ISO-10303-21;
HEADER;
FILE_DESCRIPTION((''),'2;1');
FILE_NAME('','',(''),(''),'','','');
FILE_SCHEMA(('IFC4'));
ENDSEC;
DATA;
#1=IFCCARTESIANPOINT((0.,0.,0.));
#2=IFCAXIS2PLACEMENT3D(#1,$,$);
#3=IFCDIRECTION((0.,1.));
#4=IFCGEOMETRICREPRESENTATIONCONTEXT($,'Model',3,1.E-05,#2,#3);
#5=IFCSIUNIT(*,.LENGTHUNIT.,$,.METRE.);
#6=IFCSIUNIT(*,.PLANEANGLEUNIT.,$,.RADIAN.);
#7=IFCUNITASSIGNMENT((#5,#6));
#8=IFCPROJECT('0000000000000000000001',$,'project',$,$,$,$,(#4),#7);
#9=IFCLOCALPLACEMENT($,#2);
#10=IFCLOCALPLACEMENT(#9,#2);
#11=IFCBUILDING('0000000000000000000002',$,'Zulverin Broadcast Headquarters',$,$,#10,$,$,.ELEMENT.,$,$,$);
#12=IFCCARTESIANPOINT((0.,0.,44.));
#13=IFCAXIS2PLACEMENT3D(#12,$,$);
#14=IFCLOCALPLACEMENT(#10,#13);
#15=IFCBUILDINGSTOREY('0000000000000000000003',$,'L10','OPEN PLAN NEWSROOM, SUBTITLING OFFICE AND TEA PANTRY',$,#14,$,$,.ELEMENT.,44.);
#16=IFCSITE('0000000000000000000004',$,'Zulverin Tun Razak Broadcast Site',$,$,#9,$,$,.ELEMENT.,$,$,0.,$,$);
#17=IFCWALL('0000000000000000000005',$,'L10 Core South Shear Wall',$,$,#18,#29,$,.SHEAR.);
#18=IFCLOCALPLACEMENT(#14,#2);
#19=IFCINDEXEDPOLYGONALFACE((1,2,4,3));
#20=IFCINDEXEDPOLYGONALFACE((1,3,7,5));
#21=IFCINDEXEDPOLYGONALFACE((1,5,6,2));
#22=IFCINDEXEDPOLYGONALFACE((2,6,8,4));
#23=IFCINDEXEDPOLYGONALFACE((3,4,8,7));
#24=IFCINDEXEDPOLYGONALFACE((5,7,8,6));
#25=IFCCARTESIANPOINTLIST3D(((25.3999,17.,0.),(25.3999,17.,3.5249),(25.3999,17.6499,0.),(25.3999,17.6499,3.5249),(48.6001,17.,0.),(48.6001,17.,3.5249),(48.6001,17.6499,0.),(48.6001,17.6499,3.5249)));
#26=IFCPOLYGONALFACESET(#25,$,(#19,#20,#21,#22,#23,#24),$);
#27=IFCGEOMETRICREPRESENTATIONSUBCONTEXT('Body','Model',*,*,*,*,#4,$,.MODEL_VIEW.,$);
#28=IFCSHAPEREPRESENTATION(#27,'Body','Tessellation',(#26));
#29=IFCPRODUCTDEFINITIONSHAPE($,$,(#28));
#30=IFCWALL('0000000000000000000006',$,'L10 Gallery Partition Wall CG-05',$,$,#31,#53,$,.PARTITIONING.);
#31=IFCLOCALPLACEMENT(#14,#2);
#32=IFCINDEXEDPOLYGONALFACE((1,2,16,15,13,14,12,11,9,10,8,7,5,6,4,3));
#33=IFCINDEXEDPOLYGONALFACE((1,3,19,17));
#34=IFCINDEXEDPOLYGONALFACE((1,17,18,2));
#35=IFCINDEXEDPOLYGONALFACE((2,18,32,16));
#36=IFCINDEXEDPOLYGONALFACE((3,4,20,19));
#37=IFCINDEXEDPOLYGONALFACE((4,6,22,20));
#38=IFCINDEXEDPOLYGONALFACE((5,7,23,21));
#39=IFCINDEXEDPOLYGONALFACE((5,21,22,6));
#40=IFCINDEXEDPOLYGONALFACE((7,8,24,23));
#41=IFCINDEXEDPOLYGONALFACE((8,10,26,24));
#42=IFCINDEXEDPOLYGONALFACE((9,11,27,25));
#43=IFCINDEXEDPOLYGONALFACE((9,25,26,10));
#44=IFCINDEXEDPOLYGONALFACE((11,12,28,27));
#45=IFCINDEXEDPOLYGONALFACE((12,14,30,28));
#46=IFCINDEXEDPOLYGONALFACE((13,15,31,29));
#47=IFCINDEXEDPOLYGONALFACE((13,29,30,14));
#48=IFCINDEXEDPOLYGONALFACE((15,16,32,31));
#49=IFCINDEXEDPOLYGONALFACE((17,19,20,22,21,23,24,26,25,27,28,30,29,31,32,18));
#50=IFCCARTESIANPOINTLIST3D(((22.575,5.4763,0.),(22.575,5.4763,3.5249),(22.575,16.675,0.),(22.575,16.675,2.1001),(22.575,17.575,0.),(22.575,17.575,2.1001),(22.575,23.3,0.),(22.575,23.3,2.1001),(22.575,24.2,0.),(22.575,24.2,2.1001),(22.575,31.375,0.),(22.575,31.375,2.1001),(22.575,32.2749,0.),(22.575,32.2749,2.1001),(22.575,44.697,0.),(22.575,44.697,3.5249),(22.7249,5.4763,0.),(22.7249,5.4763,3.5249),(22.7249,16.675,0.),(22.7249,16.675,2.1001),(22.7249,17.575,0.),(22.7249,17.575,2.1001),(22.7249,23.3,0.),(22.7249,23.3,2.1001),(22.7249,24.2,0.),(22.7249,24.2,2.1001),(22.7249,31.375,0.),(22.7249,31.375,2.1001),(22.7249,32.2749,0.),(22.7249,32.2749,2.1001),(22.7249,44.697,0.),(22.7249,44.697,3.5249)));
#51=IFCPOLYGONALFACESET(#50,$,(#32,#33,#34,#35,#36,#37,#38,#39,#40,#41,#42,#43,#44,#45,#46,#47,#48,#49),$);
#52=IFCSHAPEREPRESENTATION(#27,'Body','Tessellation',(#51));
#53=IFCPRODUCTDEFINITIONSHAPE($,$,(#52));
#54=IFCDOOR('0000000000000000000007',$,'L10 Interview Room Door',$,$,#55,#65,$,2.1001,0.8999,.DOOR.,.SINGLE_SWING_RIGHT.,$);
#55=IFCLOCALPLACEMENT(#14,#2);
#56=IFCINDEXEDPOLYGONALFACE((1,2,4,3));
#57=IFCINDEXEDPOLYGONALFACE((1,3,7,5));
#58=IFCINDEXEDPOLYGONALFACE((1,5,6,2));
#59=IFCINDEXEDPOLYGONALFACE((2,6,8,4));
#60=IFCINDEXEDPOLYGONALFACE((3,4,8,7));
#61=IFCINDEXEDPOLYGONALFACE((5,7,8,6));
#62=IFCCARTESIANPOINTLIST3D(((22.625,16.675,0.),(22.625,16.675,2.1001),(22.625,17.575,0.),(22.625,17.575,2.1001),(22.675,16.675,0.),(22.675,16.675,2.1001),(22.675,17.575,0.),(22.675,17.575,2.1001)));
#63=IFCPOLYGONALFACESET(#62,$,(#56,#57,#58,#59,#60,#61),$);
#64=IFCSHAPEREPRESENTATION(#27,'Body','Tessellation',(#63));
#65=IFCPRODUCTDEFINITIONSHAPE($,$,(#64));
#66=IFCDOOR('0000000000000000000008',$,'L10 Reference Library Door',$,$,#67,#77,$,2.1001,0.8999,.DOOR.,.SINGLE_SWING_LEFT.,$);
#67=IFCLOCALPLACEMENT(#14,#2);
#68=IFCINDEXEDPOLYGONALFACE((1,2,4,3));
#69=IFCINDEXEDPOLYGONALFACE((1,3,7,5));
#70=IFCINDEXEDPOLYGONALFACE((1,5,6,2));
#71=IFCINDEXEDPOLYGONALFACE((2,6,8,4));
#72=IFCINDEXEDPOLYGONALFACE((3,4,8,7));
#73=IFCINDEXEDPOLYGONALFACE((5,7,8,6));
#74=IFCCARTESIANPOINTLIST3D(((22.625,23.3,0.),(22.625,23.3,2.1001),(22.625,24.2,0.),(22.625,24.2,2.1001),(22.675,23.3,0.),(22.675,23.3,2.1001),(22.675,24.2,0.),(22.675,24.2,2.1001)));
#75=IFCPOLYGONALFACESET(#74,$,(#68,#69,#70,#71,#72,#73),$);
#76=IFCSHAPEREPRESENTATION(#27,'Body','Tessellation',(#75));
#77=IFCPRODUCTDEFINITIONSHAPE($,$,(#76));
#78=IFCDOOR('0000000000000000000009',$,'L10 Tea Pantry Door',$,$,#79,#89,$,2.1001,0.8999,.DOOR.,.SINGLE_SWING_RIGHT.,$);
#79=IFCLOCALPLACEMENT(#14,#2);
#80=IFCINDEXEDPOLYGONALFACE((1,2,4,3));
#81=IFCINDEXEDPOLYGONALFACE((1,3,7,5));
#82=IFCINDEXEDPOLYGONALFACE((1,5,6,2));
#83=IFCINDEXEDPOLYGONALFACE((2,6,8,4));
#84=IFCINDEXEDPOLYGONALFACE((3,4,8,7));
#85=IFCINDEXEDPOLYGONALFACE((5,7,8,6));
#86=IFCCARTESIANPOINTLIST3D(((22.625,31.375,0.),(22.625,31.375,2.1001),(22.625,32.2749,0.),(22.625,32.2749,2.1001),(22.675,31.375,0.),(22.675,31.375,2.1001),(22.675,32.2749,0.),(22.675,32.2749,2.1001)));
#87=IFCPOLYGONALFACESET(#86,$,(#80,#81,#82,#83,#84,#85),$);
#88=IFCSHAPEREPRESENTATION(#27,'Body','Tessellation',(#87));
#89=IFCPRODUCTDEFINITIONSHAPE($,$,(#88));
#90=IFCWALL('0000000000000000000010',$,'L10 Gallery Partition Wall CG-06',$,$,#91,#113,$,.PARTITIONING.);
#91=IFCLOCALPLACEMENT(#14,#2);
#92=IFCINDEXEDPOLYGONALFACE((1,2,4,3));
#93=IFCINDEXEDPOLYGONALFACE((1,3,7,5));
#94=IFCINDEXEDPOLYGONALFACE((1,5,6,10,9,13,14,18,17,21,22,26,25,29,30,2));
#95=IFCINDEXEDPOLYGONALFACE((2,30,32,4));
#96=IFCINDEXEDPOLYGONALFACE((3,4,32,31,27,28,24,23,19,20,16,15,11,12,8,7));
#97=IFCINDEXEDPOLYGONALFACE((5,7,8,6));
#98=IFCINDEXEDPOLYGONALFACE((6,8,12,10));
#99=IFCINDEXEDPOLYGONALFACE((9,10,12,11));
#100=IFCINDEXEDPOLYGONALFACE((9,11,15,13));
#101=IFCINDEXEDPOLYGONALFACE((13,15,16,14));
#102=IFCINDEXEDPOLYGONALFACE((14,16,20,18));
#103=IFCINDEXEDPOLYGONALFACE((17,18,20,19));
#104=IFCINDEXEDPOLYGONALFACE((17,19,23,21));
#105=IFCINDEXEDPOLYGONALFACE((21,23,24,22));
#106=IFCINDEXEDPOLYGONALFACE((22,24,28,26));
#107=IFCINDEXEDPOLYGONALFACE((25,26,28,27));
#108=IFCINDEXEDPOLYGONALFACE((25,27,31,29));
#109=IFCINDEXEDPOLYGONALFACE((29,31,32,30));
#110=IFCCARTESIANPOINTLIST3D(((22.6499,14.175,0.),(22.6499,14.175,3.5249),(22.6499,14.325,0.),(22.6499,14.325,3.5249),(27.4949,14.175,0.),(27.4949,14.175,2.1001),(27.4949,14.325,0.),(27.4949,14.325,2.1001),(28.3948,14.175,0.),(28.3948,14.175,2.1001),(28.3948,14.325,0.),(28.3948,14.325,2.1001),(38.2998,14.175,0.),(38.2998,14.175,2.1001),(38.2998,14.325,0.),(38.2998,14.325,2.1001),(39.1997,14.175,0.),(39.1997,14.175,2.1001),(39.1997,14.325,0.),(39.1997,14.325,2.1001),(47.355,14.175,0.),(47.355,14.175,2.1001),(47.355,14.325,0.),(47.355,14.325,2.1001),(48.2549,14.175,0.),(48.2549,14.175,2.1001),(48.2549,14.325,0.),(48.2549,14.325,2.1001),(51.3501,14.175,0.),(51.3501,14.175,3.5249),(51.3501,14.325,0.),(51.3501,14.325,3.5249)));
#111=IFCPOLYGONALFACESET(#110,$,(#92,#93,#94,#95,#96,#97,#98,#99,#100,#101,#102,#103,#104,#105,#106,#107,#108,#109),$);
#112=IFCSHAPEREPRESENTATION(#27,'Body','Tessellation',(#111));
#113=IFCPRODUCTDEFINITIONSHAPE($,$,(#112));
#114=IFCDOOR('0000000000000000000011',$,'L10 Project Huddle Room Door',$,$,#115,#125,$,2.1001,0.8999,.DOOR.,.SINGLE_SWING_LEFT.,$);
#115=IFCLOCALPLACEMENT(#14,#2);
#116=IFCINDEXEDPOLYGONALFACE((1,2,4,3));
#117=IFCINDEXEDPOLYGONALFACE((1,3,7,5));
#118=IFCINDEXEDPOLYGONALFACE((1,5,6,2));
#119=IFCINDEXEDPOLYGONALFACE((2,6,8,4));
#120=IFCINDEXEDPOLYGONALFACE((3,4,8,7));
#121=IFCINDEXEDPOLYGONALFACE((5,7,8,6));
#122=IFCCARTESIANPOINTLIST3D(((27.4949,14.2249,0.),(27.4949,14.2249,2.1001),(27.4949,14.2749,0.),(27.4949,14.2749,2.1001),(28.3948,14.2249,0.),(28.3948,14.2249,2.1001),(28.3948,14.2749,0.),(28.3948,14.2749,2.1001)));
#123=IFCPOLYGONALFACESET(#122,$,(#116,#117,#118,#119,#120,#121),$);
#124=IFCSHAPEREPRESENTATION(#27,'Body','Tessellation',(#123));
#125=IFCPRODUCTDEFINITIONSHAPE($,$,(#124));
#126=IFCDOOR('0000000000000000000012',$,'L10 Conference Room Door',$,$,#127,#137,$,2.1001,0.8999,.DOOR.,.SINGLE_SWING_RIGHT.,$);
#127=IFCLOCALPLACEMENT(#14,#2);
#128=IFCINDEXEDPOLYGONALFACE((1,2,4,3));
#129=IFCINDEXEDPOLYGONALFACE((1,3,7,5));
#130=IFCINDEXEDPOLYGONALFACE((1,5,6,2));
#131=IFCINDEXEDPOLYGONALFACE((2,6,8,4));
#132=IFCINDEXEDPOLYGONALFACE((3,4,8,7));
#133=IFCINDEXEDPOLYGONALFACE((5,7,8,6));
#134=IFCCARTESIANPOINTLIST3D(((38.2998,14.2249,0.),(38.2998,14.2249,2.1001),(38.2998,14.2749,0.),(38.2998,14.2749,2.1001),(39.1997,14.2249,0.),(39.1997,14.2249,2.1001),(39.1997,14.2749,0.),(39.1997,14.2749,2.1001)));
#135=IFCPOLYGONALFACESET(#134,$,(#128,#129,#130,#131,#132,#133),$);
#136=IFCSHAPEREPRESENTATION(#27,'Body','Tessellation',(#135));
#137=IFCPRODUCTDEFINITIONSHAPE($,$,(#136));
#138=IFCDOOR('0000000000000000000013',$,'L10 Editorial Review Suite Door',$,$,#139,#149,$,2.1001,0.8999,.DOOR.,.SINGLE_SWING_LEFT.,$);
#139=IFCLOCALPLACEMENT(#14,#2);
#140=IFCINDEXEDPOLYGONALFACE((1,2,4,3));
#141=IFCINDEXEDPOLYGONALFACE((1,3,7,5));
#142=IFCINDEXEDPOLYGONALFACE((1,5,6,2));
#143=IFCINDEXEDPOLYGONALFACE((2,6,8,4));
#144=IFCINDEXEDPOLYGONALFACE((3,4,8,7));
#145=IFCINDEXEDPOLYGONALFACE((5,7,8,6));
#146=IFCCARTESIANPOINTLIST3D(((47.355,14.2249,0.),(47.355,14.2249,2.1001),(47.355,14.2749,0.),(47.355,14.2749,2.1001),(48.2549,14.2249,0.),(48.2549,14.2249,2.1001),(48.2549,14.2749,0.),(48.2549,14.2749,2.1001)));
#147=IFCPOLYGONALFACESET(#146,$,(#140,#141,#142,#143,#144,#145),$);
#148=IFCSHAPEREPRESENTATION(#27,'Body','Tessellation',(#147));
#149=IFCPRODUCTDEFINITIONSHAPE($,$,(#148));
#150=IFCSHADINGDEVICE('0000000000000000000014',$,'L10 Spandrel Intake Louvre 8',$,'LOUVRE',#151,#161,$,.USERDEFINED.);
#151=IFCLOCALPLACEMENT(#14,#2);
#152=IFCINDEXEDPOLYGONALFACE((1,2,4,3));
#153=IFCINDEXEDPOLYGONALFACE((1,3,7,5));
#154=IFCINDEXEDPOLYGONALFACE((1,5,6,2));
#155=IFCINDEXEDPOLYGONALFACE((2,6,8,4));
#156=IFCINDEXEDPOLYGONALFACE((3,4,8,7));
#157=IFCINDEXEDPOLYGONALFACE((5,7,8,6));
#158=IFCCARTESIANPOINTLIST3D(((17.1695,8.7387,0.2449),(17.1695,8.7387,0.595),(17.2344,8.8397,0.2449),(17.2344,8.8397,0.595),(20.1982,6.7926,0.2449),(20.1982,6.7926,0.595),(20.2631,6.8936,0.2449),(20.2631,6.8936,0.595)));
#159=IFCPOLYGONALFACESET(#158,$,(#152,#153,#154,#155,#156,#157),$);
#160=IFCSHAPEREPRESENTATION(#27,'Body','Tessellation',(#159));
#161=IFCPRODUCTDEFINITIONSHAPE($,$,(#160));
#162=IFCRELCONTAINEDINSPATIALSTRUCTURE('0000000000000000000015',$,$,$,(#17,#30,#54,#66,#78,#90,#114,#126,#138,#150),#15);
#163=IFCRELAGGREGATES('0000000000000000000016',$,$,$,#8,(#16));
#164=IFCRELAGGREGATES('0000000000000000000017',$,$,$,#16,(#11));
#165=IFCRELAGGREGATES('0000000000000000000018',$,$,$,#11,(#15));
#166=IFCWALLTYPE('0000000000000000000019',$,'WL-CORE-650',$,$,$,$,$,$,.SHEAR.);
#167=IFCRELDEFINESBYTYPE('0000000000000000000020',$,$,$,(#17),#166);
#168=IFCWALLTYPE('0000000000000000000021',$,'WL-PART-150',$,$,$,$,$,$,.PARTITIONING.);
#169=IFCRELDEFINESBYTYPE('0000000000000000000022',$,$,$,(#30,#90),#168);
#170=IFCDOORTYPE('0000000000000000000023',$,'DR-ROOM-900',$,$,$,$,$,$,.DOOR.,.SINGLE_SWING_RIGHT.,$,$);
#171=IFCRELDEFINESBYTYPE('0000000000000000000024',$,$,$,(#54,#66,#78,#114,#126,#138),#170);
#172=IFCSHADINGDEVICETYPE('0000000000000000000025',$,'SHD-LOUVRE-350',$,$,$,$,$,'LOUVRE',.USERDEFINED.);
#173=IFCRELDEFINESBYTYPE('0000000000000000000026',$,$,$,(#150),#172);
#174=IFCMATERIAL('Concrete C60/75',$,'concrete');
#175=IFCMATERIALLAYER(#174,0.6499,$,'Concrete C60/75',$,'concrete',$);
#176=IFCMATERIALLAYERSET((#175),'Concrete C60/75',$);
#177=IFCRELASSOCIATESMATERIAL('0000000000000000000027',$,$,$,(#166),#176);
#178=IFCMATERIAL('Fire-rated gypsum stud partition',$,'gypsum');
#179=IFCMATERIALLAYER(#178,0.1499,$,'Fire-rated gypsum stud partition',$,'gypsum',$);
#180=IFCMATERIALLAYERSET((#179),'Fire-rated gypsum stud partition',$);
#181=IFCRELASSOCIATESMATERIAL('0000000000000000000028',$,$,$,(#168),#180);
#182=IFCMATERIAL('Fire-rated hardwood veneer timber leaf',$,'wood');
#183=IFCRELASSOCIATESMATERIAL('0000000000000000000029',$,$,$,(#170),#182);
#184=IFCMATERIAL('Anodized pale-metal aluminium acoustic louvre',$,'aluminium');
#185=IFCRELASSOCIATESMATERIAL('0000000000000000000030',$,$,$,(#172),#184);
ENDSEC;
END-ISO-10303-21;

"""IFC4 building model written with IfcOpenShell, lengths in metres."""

from ifc_helpers import new_model, si_unit, direction, frame, frame_2d, origin, origin_2d, place, context, subcontext, project, spatial, rectangle, extrude, material, layer, layer_set, type_object, element, fill, save


model = new_model("IFC4")

# Units and contexts
model_context = context("Model", 3, precision=1e-05, world=origin(), true_north=direction((0.0, 1.0)))
body_context = subcontext(model_context, "Body", "Model", "MODEL_VIEW")
ifc_project = project(units=[si_unit("LENGTHUNIT", "METRE"), si_unit("PLANEANGLEUNIT", "RADIAN")], contexts=[model_context])

# Site, building, storey
site_placement = place(None, origin())
site = spatial("IfcSite", under=ifc_project, at=site_placement, Name="Zulverin Tun Razak Broadcast Site", CompositionType="ELEMENT", RefElevation=0.0)
building_placement = place(site_placement, origin())
building = spatial("IfcBuilding", under=site, at=building_placement, Name="Zulverin Broadcast Headquarters", CompositionType="ELEMENT")
storey_placement = place(building_placement, frame((0.0, 0.0, 44.0)))
storey = spatial("IfcBuildingStorey", under=building, at=storey_placement, Name="L10", Description="OPEN PLAN NEWSROOM, SUBTITLING OFFICE AND TEA PANTRY", CompositionType="ELEMENT", Elevation=44.0)

# Shared definitions
ifc_material_1 = material(Name="Concrete C60/75", Category="concrete")

# Wall
ifc_layer_1 = layer(ifc_material_1, 0.6499, Name="Concrete C60/75", Category="concrete")
ifc_layer_set_1 = layer_set([ifc_layer_1], Name="Concrete C60/75")
wall_type_1 = type_object("IfcWallType", Name="WL-CORE-650", PredefinedType="SHEAR", material=ifc_layer_set_1)
wall_1_placement = place(storey_placement, frame((25.3999, 17.325, 0.0), z_axis=(0.0, 0.0, 1.0), x_axis=(1.0, 0.0, 0.0)))
element("IfcWall", 1, at=wall_1_placement, inside=storey, type_object=wall_type_1, Name="L10 Core South Shear Wall", PredefinedType="SHEAR", context=body_context, shape_type="SweptSolid", body=[
    extrude(rectangle(XDim=23.2002, YDim=0.6499, at=frame_2d((11.6001, 0.0))), origin(), (0.0, 0.0, 1.0), 3.5249),
])

# Walls, openings, doors
ifc_material_2 = material(Name="Fire-rated gypsum stud partition", Category="gypsum")
ifc_layer_2 = layer(ifc_material_2, 0.1499, Name="Fire-rated gypsum stud partition", Category="gypsum")
ifc_layer_set_2 = layer_set([ifc_layer_2], Name="Fire-rated gypsum stud partition")
wall_type_2 = type_object("IfcWallType", Name="WL-PART-150", PredefinedType="PARTITIONING", material=ifc_layer_set_2)
wall_2_placement = place(storey_placement, frame((22.6499, 5.4763, 0.0), z_axis=(0.0, 0.0, 1.0), x_axis=(0.0, 1.0, 0.0)))
wall_2 = element("IfcWall", 2, at=wall_2_placement, inside=storey, type_object=wall_type_2, Name="L10 Gallery Partition Wall CG-05", PredefinedType="PARTITIONING", context=body_context, shape_type="SweptSolid", body=[
    extrude(rectangle(XDim=39.2207, YDim=0.1499, at=frame_2d((19.6104, 0.0))), origin(), (0.0, 0.0, 1.0), 3.5249),
])
opening_1_placement = place(wall_2_placement, frame((11.1987, 0.0, 0.0)))
opening_1 = element("IfcOpeningElement", 3, at=opening_1_placement, cuts=wall_2, PredefinedType="OPENING", context=body_context, shape_type="SweptSolid", body=[
    extrude(rectangle(XDim=0.8999, YDim=2.1001, at=frame_2d((0.45, 1.05))), frame((0.0, 0.085, 0.0), z_axis=(0.0, -1.0, 0.0), x_axis=(1.0, 0.0, 0.0)), (0.0, 0.0, 1.0), 0.1699),
])
opening_2_placement = place(wall_2_placement, frame((17.8237, 0.0, 0.0)))
opening_2 = element("IfcOpeningElement", 4, at=opening_2_placement, cuts=wall_2, PredefinedType="OPENING", context=body_context, shape_type="SweptSolid", body=[
    extrude(rectangle(XDim=0.8999, YDim=2.1001, at=frame_2d((0.45, 1.05))), frame((0.0, 0.085, 0.0), z_axis=(0.0, -1.0, 0.0), x_axis=(1.0, 0.0, 0.0)), (0.0, 0.0, 1.0), 0.1699),
])
opening_3_placement = place(wall_2_placement, frame((25.8987, 0.0, 0.0)))
opening_3 = element("IfcOpeningElement", 5, at=opening_3_placement, cuts=wall_2, PredefinedType="OPENING", context=body_context, shape_type="SweptSolid", body=[
    extrude(rectangle(XDim=0.8999, YDim=2.1001, at=frame_2d((0.45, 1.05))), frame((0.0, 0.085, 0.0), z_axis=(0.0, -1.0, 0.0), x_axis=(1.0, 0.0, 0.0)), (0.0, 0.0, 1.0), 0.1699),
])
ifc_material_3 = material(Name="Fire-rated hardwood veneer timber leaf", Category="wood")
door_type_1 = type_object("IfcDoorType", Name="DR-ROOM-900", OperationType="SINGLE_SWING_RIGHT", PredefinedType="DOOR", material=ifc_material_3)
door_1_placement = place(opening_1_placement, origin())
door_1 = element("IfcDoor", 6, at=door_1_placement, inside=storey, type_object=door_type_1, Name="L10 Interview Room Door", OperationType="SINGLE_SWING_RIGHT", OverallHeight=2.1001, OverallWidth=0.8999, PredefinedType="DOOR", context=body_context, shape_type="SweptSolid", body=[
    extrude(rectangle(XDim=0.8999, YDim=2.1001, at=frame_2d((0.45, 1.05))), frame((0.0, 0.0249, 0.0), z_axis=(0.0, -1.0, 0.0), x_axis=(1.0, 0.0, 0.0)), (0.0, 0.0, 1.0), 0.05),
])
fill(opening_1, door_1)
door_2_placement = place(opening_2_placement, origin())
door_2 = element("IfcDoor", 7, at=door_2_placement, inside=storey, type_object=door_type_1, Name="L10 Reference Library Door", OperationType="SINGLE_SWING_LEFT", OverallHeight=2.1001, OverallWidth=0.8999, PredefinedType="DOOR", context=body_context, shape_type="SweptSolid", body=[
    extrude(rectangle(XDim=0.8999, YDim=2.1001, at=frame_2d((0.45, 1.05))), frame((0.0, 0.0249, 0.0), z_axis=(0.0, -1.0, 0.0), x_axis=(1.0, 0.0, 0.0)), (0.0, 0.0, 1.0), 0.05),
])
fill(opening_2, door_2)
door_3_placement = place(opening_3_placement, origin())
door_3 = element("IfcDoor", 8, at=door_3_placement, inside=storey, type_object=door_type_1, Name="L10 Tea Pantry Door", OperationType="SINGLE_SWING_RIGHT", OverallHeight=2.1001, OverallWidth=0.8999, PredefinedType="DOOR", context=body_context, shape_type="SweptSolid", body=[
    extrude(rectangle(XDim=0.8999, YDim=2.1001, at=frame_2d((0.45, 1.05))), frame((0.0, 0.0249, 0.0), z_axis=(0.0, -1.0, 0.0), x_axis=(1.0, 0.0, 0.0)), (0.0, 0.0, 1.0), 0.05),
])
fill(opening_3, door_3)
wall_3_placement = place(storey_placement, frame((22.6499, 14.25, 0.0), z_axis=(0.0, 0.0, 1.0), x_axis=(1.0, 0.0, 0.0)))
wall_3 = element("IfcWall", 9, at=wall_3_placement, inside=storey, type_object=wall_type_2, Name="L10 Gallery Partition Wall CG-06", PredefinedType="PARTITIONING", context=body_context, shape_type="SweptSolid", body=[
    extrude(rectangle(XDim=28.7002, YDim=0.1499, at=frame_2d((14.3501, 0.0))), origin(), (0.0, 0.0, 1.0), 3.5249),
])
opening_4_placement = place(wall_3_placement, frame((4.845, 0.0, 0.0)))
opening_4 = element("IfcOpeningElement", 10, at=opening_4_placement, cuts=wall_3, PredefinedType="OPENING", context=body_context, shape_type="SweptSolid", body=[
    extrude(rectangle(XDim=0.8999, YDim=2.1001, at=frame_2d((0.45, 1.05))), frame((0.0, 0.085, 0.0), z_axis=(0.0, -1.0, 0.0), x_axis=(1.0, 0.0, 0.0)), (0.0, 0.0, 1.0), 0.1699),
])
opening_5_placement = place(wall_3_placement, frame((15.6499, 0.0, 0.0)))
opening_5 = element("IfcOpeningElement", 11, at=opening_5_placement, cuts=wall_3, PredefinedType="OPENING", context=body_context, shape_type="SweptSolid", body=[
    extrude(rectangle(XDim=0.8999, YDim=2.1001, at=frame_2d((0.45, 1.05))), frame((0.0, 0.085, 0.0), z_axis=(0.0, -1.0, 0.0), x_axis=(1.0, 0.0, 0.0)), (0.0, 0.0, 1.0), 0.1699),
])
opening_6_placement = place(wall_3_placement, frame((24.7051, 0.0, 0.0)))
opening_6 = element("IfcOpeningElement", 12, at=opening_6_placement, cuts=wall_3, PredefinedType="OPENING", context=body_context, shape_type="SweptSolid", body=[
    extrude(rectangle(XDim=0.8999, YDim=2.1001, at=frame_2d((0.45, 1.05))), frame((0.0, 0.085, 0.0), z_axis=(0.0, -1.0, 0.0), x_axis=(1.0, 0.0, 0.0)), (0.0, 0.0, 1.0), 0.1699),
])
door_4_placement = place(opening_4_placement, origin())
door_4 = element("IfcDoor", 13, at=door_4_placement, inside=storey, type_object=door_type_1, Name="L10 Project Huddle Room Door", OperationType="SINGLE_SWING_LEFT", OverallHeight=2.1001, OverallWidth=0.8999, PredefinedType="DOOR", context=body_context, shape_type="SweptSolid", body=[
    extrude(rectangle(XDim=0.8999, YDim=2.1001, at=frame_2d((0.45, 1.05))), frame((0.0, 0.0249, 0.0), z_axis=(0.0, -1.0, 0.0), x_axis=(1.0, 0.0, 0.0)), (0.0, 0.0, 1.0), 0.05),
])
fill(opening_4, door_4)
door_5_placement = place(opening_5_placement, origin())
door_5 = element("IfcDoor", 14, at=door_5_placement, inside=storey, type_object=door_type_1, Name="L10 Conference Room Door", OperationType="SINGLE_SWING_RIGHT", OverallHeight=2.1001, OverallWidth=0.8999, PredefinedType="DOOR", context=body_context, shape_type="SweptSolid", body=[
    extrude(rectangle(XDim=0.8999, YDim=2.1001, at=frame_2d((0.45, 1.05))), frame((0.0, 0.0249, 0.0), z_axis=(0.0, -1.0, 0.0), x_axis=(1.0, 0.0, 0.0)), (0.0, 0.0, 1.0), 0.05),
])
fill(opening_5, door_5)
door_6_placement = place(opening_6_placement, origin())
door_6 = element("IfcDoor", 15, at=door_6_placement, inside=storey, type_object=door_type_1, Name="L10 Editorial Review Suite Door", OperationType="SINGLE_SWING_LEFT", OverallHeight=2.1001, OverallWidth=0.8999, PredefinedType="DOOR", context=body_context, shape_type="SweptSolid", body=[
    extrude(rectangle(XDim=0.8999, YDim=2.1001, at=frame_2d((0.45, 1.05))), frame((0.0, 0.0249, 0.0), z_axis=(0.0, -1.0, 0.0), x_axis=(1.0, 0.0, 0.0)), (0.0, 0.0, 1.0), 0.05),
])
fill(opening_6, door_6)

# Shading device
ifc_material_4 = material(Name="Anodized pale-metal aluminium acoustic louvre", Category="aluminium")
shading_device_type_1 = type_object("IfcShadingDeviceType", Name="SHD-LOUVRE-350", ElementType="LOUVRE", PredefinedType="USERDEFINED", material=ifc_material_4)
shading_device_1_placement = place(storey_placement, frame((18.7163, 7.8162, 0.2449), z_axis=(0.0, 0.0, 1.0), x_axis=(0.841297, -0.540574, 0.0)))
element("IfcShadingDevice", 16, at=shading_device_1_placement, inside=storey, type_object=shading_device_type_1, Name="L10 Spandrel Intake Louvre 8", ObjectType="LOUVRE", PredefinedType="USERDEFINED", context=body_context, shape_type="SweptSolid", body=[
    extrude(rectangle(XDim=3.6001, YDim=0.1201, at=origin_2d()), origin(), (0.0, 0.0, 1.0), 0.3501),
])

save(model, "model.ifc")
